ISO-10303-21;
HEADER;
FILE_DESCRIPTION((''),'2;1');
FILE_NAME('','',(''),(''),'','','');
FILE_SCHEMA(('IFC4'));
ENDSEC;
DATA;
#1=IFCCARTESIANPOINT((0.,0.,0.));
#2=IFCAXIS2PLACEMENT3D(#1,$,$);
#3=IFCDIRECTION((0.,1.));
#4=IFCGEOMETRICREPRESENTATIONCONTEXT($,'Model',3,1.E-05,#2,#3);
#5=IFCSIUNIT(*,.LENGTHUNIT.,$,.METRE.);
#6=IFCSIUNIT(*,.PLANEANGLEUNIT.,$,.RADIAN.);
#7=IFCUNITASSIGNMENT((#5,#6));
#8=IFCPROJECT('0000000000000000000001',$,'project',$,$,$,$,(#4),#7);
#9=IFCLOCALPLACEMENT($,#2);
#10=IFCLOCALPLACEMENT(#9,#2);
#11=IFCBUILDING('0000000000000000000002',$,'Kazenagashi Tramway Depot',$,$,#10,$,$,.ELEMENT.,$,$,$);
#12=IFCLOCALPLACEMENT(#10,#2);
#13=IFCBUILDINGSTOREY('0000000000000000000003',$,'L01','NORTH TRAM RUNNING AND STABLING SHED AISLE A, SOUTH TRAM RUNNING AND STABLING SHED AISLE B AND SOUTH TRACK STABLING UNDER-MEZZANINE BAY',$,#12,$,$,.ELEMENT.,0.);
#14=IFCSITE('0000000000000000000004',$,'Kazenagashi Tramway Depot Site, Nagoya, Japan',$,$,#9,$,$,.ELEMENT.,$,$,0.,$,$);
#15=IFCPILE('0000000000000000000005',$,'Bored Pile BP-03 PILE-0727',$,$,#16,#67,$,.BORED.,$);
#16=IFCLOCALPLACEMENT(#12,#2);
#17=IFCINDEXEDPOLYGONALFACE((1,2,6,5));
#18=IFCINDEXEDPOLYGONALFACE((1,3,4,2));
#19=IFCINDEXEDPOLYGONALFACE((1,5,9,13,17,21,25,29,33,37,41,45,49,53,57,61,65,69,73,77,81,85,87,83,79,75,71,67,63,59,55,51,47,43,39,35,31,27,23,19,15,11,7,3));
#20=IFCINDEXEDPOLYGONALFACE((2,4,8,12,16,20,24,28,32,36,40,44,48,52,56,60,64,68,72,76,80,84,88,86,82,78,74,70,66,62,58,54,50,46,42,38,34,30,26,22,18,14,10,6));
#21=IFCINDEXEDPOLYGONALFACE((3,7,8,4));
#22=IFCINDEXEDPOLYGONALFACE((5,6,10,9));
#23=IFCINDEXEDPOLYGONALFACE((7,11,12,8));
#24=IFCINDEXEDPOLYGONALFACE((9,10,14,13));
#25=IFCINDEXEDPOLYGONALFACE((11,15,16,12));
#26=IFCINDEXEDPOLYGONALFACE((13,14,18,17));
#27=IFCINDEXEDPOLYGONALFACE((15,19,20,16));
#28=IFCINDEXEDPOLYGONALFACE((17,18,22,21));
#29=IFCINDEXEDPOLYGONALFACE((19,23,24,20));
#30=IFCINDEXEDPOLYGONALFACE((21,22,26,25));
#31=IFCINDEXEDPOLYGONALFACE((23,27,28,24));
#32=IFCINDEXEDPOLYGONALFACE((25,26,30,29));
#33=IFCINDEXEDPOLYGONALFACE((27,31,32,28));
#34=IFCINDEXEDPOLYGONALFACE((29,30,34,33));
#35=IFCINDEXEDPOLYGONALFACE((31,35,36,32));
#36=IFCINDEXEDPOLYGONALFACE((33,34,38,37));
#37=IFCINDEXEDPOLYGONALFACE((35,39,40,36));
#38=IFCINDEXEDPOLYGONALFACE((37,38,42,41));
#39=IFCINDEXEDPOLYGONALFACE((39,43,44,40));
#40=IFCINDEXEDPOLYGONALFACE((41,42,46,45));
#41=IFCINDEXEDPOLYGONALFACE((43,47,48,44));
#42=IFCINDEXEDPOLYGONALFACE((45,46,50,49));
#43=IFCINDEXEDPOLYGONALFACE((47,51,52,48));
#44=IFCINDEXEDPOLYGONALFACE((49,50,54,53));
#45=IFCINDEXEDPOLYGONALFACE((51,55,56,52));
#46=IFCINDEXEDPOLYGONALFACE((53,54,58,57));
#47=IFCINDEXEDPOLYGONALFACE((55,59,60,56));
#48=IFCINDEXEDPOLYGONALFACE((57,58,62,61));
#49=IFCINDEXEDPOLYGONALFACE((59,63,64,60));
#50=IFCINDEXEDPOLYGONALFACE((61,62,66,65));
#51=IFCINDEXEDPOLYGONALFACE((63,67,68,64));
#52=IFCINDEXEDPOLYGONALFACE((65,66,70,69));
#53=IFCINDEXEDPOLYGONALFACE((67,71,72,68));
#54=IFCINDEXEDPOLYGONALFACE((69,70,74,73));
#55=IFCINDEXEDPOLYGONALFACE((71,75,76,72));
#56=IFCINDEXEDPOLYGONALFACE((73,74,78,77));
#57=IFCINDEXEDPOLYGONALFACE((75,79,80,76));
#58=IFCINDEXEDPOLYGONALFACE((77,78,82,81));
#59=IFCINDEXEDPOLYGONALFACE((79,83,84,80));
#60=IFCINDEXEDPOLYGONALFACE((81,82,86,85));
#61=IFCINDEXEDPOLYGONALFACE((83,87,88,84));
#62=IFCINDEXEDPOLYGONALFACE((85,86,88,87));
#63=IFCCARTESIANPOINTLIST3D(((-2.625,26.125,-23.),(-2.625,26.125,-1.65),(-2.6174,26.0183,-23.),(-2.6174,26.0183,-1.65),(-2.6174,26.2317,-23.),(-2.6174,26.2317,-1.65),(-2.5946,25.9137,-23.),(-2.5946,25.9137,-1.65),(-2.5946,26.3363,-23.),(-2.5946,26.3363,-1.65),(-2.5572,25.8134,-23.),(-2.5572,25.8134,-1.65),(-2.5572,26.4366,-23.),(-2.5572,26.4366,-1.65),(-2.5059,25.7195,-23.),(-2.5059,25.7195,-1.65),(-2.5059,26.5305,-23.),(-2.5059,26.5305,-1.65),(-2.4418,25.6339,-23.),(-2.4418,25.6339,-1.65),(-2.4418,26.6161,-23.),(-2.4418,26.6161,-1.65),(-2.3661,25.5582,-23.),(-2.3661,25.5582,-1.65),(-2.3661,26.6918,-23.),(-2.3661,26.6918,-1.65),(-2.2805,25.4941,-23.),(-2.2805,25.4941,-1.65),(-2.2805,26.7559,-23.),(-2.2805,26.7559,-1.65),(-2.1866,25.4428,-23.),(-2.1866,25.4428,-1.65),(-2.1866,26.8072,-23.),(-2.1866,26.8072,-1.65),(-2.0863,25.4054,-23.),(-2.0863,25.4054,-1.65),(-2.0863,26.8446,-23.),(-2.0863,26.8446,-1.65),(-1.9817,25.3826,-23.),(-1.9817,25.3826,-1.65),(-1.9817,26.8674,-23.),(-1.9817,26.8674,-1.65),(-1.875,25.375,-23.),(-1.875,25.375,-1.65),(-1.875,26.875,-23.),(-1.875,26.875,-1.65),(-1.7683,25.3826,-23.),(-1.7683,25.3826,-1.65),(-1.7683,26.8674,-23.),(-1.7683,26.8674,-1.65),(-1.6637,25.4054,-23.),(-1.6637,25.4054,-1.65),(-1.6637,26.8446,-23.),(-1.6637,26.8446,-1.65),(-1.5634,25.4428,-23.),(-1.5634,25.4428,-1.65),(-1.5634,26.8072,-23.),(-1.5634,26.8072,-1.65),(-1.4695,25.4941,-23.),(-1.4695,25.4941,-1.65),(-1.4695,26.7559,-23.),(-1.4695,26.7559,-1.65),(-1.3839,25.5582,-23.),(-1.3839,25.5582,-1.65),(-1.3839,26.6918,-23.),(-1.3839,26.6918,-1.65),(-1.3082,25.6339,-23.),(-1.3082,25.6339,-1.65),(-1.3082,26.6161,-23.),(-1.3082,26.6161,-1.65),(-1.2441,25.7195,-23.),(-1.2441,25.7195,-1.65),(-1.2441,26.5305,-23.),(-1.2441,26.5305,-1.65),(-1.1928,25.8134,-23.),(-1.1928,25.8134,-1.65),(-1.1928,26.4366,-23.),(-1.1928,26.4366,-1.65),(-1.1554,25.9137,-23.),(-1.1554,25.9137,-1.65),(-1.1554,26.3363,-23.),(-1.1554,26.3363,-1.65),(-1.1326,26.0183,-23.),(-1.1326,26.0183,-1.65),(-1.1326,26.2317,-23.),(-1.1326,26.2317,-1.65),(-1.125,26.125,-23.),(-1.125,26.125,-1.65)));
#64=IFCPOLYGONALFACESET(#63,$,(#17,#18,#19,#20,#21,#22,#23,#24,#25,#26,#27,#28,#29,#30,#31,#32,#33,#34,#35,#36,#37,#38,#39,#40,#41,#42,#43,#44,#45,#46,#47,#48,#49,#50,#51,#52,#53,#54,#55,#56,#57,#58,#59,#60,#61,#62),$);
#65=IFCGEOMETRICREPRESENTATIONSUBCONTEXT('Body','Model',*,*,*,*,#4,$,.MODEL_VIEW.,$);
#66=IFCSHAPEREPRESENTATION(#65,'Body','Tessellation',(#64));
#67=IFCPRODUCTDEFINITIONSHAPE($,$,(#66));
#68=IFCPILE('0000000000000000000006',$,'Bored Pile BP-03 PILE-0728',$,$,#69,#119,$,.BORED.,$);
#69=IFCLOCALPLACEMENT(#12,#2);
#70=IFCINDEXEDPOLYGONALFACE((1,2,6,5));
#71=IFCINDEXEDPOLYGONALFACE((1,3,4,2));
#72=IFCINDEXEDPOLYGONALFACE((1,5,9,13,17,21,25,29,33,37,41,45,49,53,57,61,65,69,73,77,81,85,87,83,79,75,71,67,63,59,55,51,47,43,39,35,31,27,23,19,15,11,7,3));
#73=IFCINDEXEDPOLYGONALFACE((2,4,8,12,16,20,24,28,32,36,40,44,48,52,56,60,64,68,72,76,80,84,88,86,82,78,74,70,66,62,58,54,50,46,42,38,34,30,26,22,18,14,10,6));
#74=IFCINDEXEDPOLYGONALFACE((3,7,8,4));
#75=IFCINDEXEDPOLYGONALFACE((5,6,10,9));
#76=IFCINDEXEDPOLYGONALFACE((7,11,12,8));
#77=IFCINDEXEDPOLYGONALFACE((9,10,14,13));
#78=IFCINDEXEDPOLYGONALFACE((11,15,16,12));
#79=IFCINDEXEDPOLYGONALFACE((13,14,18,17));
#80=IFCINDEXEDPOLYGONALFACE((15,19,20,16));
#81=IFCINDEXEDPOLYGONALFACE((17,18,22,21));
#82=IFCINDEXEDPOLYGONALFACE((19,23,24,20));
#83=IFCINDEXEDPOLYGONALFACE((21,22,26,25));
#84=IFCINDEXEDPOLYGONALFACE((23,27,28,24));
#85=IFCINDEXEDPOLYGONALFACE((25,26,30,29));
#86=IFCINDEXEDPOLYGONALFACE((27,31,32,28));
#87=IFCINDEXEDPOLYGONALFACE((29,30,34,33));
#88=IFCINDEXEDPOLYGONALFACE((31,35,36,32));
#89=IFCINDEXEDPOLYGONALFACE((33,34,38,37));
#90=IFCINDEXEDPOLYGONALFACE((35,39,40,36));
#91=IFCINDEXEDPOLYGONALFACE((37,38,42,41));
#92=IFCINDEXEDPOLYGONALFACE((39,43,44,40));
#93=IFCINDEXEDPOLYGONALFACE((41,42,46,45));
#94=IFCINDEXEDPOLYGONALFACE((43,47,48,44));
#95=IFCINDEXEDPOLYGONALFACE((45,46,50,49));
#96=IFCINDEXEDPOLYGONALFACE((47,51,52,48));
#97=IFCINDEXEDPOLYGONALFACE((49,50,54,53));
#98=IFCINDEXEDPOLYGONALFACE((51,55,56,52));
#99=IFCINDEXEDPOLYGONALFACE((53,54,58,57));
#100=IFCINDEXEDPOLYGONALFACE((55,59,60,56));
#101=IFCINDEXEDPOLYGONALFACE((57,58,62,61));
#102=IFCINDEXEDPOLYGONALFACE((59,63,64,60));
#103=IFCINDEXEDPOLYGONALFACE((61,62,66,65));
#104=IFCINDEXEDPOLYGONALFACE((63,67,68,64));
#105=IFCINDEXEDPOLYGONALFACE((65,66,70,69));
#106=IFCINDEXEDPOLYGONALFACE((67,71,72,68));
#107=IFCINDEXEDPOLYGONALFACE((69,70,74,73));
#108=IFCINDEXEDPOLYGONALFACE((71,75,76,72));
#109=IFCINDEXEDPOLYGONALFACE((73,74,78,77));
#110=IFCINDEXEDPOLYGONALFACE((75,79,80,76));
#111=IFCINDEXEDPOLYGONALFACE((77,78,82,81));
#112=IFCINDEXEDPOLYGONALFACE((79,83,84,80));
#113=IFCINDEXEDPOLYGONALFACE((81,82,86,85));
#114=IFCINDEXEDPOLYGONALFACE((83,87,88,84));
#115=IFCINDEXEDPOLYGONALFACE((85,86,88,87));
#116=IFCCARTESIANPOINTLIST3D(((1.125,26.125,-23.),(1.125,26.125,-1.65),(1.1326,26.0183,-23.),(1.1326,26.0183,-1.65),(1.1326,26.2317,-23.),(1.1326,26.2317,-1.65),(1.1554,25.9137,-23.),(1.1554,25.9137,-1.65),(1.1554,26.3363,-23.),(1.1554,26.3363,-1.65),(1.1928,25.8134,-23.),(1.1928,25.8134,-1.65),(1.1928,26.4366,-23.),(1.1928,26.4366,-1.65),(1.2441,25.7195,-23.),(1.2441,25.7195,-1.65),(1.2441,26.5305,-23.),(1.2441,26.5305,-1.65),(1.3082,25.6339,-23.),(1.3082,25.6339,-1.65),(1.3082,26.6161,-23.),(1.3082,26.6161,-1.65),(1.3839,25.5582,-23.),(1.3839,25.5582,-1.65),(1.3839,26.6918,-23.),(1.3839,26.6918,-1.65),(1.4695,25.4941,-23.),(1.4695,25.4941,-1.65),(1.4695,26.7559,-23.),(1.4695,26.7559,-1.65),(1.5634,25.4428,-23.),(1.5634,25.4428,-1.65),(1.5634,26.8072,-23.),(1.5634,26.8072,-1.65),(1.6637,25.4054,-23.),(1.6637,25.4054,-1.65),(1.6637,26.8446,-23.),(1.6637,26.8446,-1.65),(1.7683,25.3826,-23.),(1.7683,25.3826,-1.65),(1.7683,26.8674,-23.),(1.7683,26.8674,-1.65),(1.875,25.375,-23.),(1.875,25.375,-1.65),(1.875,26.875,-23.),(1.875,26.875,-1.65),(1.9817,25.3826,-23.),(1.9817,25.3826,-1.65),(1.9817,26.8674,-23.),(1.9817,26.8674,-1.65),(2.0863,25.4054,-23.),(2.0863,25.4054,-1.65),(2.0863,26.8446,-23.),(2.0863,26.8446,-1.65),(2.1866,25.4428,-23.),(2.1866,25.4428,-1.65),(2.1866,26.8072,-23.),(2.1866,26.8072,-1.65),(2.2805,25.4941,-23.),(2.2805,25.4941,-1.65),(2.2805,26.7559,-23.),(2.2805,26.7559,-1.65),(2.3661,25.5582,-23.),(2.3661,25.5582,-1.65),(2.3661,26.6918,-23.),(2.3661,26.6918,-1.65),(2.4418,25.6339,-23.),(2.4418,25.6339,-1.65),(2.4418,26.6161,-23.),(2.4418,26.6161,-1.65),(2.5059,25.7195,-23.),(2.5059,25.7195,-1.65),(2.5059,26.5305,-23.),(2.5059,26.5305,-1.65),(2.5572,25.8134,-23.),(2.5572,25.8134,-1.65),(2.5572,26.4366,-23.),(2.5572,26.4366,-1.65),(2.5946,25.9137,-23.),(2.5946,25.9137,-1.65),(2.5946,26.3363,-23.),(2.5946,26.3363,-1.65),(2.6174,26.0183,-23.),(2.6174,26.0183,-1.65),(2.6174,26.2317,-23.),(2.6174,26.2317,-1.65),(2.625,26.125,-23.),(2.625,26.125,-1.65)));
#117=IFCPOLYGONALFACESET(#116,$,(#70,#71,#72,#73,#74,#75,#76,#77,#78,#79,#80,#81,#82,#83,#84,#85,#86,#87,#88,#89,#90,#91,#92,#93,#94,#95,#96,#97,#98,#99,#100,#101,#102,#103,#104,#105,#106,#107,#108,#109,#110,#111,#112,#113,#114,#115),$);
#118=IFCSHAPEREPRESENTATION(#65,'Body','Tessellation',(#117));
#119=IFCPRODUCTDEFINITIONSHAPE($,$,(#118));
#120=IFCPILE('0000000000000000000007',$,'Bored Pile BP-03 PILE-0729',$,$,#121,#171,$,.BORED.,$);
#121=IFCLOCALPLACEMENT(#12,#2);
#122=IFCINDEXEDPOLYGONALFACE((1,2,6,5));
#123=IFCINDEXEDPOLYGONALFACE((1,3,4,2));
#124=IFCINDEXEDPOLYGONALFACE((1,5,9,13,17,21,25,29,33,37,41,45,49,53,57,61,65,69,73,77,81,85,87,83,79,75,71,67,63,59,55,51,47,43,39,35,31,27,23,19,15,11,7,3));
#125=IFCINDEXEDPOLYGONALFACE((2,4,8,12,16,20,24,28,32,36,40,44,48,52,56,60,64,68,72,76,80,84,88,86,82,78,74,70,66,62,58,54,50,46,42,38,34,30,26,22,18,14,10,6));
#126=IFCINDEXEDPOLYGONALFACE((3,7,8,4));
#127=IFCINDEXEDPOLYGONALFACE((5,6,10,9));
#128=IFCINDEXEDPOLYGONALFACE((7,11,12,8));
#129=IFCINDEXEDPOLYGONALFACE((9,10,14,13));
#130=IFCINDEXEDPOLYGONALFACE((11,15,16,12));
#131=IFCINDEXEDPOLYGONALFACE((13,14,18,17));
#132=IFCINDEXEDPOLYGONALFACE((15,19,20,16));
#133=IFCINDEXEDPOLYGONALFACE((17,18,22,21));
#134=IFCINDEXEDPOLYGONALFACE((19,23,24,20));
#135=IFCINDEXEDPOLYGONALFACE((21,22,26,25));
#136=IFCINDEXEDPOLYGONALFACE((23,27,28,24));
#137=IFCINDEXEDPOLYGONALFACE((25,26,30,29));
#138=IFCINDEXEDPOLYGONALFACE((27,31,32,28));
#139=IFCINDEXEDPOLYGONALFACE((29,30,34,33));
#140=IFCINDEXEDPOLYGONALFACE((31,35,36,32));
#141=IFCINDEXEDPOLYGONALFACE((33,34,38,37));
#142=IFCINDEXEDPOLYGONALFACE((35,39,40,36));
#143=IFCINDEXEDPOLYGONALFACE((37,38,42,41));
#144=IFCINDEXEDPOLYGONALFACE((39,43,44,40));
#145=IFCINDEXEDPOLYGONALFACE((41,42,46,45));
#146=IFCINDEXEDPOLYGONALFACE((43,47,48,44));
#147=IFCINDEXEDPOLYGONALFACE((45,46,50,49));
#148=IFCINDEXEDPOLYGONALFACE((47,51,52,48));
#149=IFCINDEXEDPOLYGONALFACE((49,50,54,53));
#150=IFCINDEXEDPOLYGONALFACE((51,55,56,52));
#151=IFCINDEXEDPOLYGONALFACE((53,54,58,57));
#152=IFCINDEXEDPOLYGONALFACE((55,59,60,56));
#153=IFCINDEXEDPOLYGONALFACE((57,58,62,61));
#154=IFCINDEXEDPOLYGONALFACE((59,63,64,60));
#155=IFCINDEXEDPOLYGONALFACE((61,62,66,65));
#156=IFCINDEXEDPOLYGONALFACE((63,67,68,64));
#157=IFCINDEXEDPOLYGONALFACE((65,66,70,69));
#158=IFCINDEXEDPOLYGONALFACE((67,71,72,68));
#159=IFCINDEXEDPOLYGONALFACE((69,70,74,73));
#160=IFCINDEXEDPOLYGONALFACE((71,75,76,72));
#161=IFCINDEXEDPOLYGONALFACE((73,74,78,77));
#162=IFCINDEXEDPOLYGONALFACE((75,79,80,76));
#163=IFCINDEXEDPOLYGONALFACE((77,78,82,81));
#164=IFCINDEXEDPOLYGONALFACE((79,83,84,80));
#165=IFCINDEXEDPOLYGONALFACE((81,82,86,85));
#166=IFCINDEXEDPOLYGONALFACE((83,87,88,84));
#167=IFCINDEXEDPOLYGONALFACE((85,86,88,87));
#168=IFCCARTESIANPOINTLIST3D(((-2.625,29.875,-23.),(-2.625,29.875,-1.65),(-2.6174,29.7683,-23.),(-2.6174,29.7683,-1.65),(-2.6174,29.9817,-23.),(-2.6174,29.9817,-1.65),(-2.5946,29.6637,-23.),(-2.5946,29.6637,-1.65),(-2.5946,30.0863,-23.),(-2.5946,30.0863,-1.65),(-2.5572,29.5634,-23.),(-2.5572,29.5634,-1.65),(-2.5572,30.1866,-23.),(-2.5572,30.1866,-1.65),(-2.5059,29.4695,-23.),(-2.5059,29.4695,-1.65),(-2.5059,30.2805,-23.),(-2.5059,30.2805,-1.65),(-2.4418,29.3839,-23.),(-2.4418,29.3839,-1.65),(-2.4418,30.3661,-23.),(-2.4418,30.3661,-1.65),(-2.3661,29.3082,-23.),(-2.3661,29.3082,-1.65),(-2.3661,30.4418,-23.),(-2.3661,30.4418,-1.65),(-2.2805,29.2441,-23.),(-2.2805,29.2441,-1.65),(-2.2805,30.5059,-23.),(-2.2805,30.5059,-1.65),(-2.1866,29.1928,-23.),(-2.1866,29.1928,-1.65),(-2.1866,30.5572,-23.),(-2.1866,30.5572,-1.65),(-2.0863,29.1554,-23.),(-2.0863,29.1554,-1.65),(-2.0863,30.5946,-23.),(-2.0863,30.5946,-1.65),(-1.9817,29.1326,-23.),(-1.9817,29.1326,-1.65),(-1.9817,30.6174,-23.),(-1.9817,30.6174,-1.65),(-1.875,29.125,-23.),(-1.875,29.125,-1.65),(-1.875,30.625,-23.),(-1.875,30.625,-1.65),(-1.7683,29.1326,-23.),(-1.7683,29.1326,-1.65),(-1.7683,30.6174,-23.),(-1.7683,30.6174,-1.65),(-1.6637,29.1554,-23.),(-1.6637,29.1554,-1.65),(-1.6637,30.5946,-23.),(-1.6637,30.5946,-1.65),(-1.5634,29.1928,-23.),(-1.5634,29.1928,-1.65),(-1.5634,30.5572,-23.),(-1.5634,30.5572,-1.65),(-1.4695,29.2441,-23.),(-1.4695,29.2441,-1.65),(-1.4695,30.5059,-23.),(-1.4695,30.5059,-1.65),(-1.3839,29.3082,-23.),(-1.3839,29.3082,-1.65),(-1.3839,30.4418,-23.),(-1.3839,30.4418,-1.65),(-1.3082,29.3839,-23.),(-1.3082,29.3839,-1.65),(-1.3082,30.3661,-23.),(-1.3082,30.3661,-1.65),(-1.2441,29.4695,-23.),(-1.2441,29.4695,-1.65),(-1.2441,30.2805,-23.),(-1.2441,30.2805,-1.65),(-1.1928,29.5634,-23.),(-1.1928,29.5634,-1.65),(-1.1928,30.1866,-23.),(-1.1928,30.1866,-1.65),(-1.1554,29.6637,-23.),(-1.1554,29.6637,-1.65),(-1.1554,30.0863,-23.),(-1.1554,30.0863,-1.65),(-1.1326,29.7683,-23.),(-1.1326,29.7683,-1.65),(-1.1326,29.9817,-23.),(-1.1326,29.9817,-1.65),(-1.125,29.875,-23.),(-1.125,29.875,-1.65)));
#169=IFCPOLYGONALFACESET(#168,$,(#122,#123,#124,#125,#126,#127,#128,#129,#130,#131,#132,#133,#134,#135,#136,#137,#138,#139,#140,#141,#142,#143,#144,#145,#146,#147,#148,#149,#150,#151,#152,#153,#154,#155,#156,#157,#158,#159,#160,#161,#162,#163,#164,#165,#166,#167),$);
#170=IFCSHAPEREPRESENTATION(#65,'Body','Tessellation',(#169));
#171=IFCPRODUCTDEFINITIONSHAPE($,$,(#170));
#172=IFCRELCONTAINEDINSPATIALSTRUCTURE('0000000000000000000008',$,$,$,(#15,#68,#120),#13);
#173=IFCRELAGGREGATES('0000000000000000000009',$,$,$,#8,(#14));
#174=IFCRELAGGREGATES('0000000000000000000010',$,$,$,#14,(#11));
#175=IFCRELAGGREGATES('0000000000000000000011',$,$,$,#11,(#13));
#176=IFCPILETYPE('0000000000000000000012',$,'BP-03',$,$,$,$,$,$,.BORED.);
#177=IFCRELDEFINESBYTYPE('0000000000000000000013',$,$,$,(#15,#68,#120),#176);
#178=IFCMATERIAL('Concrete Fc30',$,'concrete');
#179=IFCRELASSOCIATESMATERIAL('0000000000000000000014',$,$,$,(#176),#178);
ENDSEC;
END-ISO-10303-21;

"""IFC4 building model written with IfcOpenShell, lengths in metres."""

from ifc_helpers import new_model, si_unit, direction, frame, origin, origin_2d, place, context, subcontext, project, spatial, circle, extrude, material, material_profile, profile_set, type_object, element, save


model = new_model("IFC4")

# Units and contexts
model_context = context("Model", 3, precision=1e-05, world=origin(), true_north=direction((0.0, 1.0)))
body_context = subcontext(model_context, "Body", "Model", "MODEL_VIEW")
ifc_project = project(units=[si_unit("LENGTHUNIT", "METRE"), si_unit("PLANEANGLEUNIT", "RADIAN")], contexts=[model_context])

# Site, building, storey
site_placement = place(None, origin())
site = spatial("IfcSite", under=ifc_project, at=site_placement, Name="Kazenagashi Tramway Depot Site, Nagoya, Japan", CompositionType="ELEMENT", RefElevation=0.0)
building_placement = place(site_placement, origin())
building = spatial("IfcBuilding", under=site, at=building_placement, Name="Kazenagashi Tramway Depot", CompositionType="ELEMENT")
storey_placement = place(building_placement, origin())
storey = spatial("IfcBuildingStorey", under=building, at=storey_placement, Name="L01", Description="NORTH TRAM RUNNING AND STABLING SHED AISLE A, SOUTH TRAM RUNNING AND STABLING SHED AISLE B AND SOUTH TRACK STABLING UNDER-MEZZANINE BAY", CompositionType="ELEMENT", Elevation=0.0)

# Piles
ifc_material_1 = material(Name="Concrete Fc30", Category="concrete")
ifc_material_profile_1 = material_profile(ifc_material_1, circle(Radius=0.75, at=origin_2d()), Name="PILE-1500")
ifc_profile_set_1 = profile_set([ifc_material_profile_1], Name="Concrete Fc30")
pile_type = type_object("IfcPileType", Name="BP-03", PredefinedType="BORED", material=ifc_profile_set_1)
for number, where, z_axis, x_axis, name in (
    (1, (-1.875, 26.125, -1.65), (0.0, 0.0, -1.0), (1.0, 0.0, 0.0), "Bored Pile BP-03 PILE-0727"),
    (2, (1.875, 26.125, -1.65), (0.0, 0.0, -1.0), (1.0, 0.0, 0.0), "Bored Pile BP-03 PILE-0728"),
    (3, (-1.875, 29.875, -1.65), (0.0, 0.0, -1.0), (1.0, 0.0, 0.0), "Bored Pile BP-03 PILE-0729"),
):
    element("IfcPile", number, at=place(storey_placement, frame(where, z_axis=z_axis, x_axis=x_axis)), inside=storey, type_object=pile_type, Name=name, PredefinedType="BORED", context=body_context, shape_type="SweptSolid", body=[
        extrude(circle(Radius=0.75, at=origin_2d()), origin(), (0.0, 0.0, 1.0), 21.35),
    ])

save(model, "model.ifc")
